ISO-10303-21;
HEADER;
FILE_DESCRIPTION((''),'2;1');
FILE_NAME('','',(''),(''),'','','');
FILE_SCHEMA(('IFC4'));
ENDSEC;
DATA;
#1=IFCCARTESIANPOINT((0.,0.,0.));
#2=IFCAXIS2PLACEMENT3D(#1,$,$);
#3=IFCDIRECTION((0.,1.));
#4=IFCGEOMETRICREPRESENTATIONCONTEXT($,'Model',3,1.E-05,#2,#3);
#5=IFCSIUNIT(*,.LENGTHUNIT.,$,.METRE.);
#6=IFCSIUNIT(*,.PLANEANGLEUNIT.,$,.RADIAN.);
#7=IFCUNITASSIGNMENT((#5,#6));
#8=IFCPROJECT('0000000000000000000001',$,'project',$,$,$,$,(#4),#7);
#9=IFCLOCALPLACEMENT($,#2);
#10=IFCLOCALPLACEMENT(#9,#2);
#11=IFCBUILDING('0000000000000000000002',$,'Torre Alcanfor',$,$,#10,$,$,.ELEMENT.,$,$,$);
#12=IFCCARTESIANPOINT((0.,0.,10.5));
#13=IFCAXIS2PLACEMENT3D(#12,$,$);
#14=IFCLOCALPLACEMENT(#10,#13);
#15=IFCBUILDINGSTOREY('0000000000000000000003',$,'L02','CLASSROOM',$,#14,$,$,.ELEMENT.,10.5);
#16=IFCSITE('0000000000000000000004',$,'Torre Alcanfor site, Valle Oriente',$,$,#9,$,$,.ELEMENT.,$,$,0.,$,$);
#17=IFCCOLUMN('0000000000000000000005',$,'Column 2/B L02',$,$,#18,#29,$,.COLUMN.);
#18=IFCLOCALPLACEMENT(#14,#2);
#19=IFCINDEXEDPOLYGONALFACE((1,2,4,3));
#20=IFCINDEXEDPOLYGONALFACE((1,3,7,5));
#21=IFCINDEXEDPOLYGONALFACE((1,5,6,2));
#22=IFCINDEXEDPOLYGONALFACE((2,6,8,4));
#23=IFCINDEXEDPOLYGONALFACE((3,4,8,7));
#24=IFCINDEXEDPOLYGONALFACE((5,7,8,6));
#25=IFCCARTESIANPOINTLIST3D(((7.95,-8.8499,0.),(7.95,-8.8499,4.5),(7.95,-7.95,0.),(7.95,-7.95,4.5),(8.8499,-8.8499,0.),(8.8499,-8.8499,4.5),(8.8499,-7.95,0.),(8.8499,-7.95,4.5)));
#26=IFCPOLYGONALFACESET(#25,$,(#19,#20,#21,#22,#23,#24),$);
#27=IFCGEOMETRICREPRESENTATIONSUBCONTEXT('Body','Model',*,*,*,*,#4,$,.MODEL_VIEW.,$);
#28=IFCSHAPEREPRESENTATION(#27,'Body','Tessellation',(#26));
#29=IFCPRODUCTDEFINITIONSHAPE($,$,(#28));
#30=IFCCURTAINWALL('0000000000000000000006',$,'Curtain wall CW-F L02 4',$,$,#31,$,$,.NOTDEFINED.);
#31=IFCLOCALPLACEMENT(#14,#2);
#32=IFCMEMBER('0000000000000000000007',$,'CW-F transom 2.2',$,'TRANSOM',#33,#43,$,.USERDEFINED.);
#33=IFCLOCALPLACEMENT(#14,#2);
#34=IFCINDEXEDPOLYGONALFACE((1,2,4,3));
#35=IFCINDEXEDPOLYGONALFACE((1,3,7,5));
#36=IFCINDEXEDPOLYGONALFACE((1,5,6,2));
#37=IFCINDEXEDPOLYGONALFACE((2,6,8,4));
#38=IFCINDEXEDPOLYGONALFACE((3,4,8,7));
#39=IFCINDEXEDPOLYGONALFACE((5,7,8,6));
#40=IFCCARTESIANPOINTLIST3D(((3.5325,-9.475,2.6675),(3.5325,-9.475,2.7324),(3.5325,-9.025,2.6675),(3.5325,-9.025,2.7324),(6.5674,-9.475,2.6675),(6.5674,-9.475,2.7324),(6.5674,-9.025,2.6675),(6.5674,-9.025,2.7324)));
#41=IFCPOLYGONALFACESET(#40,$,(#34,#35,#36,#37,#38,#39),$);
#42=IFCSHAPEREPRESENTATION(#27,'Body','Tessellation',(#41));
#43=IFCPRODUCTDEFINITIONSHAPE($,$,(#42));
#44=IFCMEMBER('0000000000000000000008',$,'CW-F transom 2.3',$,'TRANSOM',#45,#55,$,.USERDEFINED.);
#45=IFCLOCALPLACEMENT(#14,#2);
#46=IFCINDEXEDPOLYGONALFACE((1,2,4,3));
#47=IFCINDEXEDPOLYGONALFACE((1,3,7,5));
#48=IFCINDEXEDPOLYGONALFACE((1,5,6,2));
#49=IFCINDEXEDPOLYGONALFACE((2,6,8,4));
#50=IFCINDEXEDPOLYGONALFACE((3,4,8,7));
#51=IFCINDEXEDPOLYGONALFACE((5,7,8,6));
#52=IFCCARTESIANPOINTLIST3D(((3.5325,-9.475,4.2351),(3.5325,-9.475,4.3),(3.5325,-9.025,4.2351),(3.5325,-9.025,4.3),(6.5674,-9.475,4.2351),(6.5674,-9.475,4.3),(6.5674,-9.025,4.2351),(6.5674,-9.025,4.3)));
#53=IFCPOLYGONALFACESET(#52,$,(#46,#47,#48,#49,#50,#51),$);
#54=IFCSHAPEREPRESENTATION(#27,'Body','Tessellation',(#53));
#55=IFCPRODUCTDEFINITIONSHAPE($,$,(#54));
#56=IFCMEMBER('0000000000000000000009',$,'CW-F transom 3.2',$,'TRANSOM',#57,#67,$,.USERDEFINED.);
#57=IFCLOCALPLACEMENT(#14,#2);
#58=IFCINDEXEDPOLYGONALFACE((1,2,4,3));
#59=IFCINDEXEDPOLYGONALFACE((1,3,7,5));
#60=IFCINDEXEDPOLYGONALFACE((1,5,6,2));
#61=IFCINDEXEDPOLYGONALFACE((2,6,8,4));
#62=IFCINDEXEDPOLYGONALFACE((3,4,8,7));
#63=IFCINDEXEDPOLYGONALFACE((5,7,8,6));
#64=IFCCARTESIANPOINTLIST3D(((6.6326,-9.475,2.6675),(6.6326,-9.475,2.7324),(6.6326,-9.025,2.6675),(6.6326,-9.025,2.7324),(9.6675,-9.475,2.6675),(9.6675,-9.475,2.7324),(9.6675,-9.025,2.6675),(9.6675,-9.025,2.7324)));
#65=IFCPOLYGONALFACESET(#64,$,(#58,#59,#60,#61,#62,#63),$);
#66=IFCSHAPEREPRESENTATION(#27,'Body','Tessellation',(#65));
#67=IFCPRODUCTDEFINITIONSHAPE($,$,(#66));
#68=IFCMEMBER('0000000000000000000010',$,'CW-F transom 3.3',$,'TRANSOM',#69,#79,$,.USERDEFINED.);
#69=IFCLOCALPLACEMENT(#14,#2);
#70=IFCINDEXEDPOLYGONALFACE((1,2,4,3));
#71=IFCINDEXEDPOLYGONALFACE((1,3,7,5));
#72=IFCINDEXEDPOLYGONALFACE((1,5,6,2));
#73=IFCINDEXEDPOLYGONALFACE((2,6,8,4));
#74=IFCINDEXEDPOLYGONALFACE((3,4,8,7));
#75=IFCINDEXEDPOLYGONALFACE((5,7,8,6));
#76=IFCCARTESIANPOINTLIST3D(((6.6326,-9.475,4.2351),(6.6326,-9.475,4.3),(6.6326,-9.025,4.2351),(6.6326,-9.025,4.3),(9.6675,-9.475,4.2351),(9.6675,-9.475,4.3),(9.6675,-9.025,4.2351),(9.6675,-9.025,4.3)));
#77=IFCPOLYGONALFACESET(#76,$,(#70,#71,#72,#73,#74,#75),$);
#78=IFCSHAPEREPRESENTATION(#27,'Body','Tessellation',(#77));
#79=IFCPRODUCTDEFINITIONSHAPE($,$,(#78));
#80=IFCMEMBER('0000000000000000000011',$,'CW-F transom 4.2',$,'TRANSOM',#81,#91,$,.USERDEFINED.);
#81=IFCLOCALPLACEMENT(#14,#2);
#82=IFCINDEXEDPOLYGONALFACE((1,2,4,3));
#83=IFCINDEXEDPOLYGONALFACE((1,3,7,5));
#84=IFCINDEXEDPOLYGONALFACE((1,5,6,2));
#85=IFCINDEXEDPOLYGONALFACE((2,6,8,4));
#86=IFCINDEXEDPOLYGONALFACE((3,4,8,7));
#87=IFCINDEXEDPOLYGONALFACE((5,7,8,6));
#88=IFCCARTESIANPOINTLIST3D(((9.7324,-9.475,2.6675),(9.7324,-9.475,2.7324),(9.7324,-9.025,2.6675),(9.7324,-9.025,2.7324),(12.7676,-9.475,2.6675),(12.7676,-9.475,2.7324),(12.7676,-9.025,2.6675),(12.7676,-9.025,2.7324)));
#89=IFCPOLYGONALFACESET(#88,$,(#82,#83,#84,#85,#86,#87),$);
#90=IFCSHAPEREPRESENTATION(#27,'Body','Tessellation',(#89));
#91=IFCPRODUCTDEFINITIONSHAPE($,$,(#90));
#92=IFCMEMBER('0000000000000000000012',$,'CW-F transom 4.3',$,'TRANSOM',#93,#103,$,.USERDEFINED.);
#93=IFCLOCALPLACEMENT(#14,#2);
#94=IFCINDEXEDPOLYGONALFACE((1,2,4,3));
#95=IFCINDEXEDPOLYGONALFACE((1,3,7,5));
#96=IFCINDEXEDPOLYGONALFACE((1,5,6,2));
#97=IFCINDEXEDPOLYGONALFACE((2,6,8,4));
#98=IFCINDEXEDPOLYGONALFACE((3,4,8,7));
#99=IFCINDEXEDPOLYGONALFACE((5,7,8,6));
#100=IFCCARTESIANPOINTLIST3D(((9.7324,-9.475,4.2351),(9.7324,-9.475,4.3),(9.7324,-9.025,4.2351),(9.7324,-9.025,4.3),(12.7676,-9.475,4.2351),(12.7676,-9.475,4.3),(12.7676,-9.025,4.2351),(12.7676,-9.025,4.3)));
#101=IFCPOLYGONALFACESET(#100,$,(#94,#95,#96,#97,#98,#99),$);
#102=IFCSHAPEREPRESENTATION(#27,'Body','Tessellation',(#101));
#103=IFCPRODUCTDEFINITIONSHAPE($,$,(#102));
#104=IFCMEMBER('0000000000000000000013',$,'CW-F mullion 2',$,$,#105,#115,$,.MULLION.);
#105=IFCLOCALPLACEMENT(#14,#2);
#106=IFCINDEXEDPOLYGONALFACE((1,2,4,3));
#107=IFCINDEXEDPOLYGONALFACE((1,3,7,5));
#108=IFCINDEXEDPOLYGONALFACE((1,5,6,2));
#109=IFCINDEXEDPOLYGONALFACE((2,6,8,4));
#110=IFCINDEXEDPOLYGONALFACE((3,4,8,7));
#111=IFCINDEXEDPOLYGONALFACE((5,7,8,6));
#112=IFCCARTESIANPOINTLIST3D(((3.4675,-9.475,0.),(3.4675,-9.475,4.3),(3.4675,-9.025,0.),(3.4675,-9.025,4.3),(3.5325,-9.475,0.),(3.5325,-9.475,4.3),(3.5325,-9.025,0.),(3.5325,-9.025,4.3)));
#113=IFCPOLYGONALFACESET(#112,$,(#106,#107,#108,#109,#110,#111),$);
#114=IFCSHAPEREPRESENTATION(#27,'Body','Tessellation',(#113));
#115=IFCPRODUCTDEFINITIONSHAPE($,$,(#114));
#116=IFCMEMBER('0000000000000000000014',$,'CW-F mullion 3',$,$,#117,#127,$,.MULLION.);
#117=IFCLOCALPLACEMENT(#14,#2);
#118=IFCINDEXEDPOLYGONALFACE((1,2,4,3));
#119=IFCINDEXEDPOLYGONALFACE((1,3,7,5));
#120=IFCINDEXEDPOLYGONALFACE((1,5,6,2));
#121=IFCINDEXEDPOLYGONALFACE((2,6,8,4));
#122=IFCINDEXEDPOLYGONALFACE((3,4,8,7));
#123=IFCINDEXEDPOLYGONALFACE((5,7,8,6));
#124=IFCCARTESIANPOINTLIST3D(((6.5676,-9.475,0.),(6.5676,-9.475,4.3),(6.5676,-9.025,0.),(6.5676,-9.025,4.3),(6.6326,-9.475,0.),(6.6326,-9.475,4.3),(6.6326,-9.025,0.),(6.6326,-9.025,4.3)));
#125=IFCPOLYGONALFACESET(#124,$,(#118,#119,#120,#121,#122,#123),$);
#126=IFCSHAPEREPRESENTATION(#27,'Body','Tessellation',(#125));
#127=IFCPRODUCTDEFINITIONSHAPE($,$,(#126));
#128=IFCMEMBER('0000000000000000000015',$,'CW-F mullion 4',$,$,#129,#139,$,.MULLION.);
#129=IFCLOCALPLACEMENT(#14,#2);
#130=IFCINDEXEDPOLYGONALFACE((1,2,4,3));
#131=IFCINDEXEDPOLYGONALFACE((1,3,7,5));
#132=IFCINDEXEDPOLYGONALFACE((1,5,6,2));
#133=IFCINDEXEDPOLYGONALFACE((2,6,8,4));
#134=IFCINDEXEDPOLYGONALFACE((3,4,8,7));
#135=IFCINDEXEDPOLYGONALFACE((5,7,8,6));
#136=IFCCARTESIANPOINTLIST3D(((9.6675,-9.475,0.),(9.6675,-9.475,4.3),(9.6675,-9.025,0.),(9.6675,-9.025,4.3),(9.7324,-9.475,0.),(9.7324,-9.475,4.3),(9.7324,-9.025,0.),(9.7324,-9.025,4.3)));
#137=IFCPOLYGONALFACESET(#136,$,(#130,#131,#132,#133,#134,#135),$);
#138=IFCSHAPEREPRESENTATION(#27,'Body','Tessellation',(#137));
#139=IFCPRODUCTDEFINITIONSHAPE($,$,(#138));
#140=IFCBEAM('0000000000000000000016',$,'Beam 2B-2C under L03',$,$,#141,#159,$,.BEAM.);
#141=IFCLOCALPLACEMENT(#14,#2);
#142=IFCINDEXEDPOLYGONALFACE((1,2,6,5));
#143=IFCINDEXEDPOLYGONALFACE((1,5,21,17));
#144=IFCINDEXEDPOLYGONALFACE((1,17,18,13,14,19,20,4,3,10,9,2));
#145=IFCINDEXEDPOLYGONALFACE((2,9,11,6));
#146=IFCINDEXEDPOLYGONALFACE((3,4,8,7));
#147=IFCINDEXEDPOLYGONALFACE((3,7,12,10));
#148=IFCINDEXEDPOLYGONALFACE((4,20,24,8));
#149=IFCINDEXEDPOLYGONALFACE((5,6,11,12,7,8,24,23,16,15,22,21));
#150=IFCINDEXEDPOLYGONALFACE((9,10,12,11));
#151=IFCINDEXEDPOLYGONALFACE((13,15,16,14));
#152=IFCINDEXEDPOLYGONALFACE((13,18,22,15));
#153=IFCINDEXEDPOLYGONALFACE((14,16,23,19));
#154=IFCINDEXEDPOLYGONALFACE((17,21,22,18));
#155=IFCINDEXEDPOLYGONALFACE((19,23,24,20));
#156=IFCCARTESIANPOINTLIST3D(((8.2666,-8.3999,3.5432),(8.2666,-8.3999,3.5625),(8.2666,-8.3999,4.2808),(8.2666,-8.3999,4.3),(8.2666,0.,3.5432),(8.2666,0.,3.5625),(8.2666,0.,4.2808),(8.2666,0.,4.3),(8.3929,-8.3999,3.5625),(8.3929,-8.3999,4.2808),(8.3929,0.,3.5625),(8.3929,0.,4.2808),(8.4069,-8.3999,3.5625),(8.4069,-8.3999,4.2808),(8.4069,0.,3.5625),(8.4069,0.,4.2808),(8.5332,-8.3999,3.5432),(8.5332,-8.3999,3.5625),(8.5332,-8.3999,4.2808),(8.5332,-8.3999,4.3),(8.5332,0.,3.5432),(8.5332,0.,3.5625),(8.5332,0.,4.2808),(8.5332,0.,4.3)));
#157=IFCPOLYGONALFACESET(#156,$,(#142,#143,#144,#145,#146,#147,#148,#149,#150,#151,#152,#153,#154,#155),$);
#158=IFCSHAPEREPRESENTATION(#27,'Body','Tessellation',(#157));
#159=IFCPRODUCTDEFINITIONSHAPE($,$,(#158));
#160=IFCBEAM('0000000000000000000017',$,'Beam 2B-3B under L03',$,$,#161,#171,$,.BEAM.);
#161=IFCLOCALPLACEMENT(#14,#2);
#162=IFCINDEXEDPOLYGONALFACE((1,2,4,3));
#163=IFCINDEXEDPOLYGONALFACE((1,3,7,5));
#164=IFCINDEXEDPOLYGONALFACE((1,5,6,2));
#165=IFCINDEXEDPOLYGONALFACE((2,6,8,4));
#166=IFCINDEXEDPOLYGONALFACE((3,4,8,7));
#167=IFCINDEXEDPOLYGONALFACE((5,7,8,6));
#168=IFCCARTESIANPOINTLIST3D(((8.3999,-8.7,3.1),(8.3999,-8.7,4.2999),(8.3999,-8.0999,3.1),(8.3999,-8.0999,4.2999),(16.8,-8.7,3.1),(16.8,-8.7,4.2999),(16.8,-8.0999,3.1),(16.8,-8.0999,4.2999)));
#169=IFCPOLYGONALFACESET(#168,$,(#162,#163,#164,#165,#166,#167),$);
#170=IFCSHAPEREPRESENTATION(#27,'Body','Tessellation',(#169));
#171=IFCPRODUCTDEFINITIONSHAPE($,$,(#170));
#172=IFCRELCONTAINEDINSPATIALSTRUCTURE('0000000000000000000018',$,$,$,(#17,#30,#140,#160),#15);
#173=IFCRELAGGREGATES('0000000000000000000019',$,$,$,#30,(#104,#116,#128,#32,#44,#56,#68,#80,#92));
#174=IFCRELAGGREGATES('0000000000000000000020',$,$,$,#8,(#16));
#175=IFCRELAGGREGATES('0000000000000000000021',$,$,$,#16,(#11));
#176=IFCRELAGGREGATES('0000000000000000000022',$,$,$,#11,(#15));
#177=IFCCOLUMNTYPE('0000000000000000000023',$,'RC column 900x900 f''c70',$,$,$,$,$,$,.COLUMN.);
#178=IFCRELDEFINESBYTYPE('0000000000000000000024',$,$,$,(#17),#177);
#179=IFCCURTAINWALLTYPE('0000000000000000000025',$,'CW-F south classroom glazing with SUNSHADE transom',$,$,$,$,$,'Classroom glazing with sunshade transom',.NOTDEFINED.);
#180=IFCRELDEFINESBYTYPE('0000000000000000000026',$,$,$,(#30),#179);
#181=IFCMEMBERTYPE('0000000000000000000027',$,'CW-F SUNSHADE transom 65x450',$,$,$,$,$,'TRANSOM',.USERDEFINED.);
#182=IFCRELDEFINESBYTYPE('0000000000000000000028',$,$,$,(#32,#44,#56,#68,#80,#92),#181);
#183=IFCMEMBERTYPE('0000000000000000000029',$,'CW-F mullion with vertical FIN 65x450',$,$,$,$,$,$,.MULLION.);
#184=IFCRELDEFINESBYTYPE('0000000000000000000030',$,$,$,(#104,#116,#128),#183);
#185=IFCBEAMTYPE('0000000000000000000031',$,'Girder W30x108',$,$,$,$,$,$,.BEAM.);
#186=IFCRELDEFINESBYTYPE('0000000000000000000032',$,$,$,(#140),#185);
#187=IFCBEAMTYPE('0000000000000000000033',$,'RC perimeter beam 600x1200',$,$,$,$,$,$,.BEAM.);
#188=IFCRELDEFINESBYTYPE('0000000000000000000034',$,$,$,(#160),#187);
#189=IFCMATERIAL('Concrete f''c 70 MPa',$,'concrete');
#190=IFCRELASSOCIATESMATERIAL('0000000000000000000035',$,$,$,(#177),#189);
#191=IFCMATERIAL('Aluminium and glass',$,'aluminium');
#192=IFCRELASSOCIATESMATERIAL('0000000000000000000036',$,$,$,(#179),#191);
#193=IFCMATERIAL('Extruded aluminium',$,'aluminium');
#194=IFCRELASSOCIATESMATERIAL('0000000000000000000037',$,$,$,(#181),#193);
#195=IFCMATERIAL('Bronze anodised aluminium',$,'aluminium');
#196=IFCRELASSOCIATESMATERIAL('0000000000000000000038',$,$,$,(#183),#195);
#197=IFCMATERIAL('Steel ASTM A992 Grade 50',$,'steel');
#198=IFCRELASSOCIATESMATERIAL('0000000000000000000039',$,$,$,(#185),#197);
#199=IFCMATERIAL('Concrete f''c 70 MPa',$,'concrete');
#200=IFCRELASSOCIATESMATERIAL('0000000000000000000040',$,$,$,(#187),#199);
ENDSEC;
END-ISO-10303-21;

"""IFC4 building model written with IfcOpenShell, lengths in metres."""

from ifc_helpers import new_model, si_unit, direction, frame, origin, origin_2d, place, context, subcontext, project, spatial, rectangle, i_section, extrude, material, material_profile, profile_set, type_object, element, aggregate, save


model = new_model("IFC4")

# Units and contexts
model_context = context("Model", 3, precision=1e-05, world=origin(), true_north=direction((0.0, 1.0)))
body_context = subcontext(model_context, "Body", "Model", "MODEL_VIEW")
ifc_project = project(units=[si_unit("LENGTHUNIT", "METRE"), si_unit("PLANEANGLEUNIT", "RADIAN")], contexts=[model_context])

# Site, building, storey
site_placement = place(None, origin())
site = spatial("IfcSite", under=ifc_project, at=site_placement, Name="Torre Alcanfor site, Valle Oriente", CompositionType="ELEMENT", RefElevation=0.0)
building_placement = place(site_placement, origin())
building = spatial("IfcBuilding", under=site, at=building_placement, Name="Torre Alcanfor", CompositionType="ELEMENT")
storey_placement = place(building_placement, frame((0.0, 0.0, 10.5)))
storey = spatial("IfcBuildingStorey", under=building, at=storey_placement, Name="L02", Description="CLASSROOM", CompositionType="ELEMENT", Elevation=10.5)

# Column
ifc_material_1 = material(Name="Concrete f'c 70 MPa", Category="concrete")
ifc_material_profile_1 = material_profile(ifc_material_1, rectangle(XDim=0.8999, YDim=0.8999, at=origin_2d()), Name="900x900")
ifc_profile_set_1 = profile_set([ifc_material_profile_1], Name="Concrete f'c 70 MPa")
column_type = type_object("IfcColumnType", Name="RC column 900x900 f'c70", PredefinedType="COLUMN", material=ifc_profile_set_1)
column_placement = place(storey_placement, frame((8.3999, -8.3999, 0.0), z_axis=(0.0, 0.0, 1.0), x_axis=(1.0, 0.0, 0.0)))
element("IfcColumn", 1, at=column_placement, inside=storey, type_object=column_type, Name="Column 2/B L02", PredefinedType="COLUMN", context=body_context, shape_type="SweptSolid", body=[
    extrude(rectangle(XDim=0.8999, YDim=0.8999, at=origin_2d()), origin(), (0.0, 0.0, 1.0), 4.5),
])

# Curtain wall, members
ifc_material_2 = material(Name="Aluminium and glass", Category="aluminium")
curtain_wall_type = type_object("IfcCurtainWallType", Name="CW-F south classroom glazing with SUNSHADE transom", ElementType="Classroom glazing with sunshade transom", PredefinedType="NOTDEFINED", material=ifc_material_2)
curtain_wall_placement = place(storey_placement, origin())
curtain_wall = element("IfcCurtainWall", 2, at=curtain_wall_placement, inside=storey, type_object=curtain_wall_type, Name="Curtain wall CW-F L02 4", PredefinedType="NOTDEFINED")
ifc_material_3 = material(Name="Extruded aluminium", Category="aluminium")
ifc_material_profile_2 = material_profile(ifc_material_3, rectangle(XDim=0.45, YDim=0.0649, at=origin_2d()), Name="CW-F transom 450x65")
ifc_profile_set_2 = profile_set([ifc_material_profile_2], Name="Extruded aluminium")
member_type_1 = type_object("IfcMemberType", Name="CW-F SUNSHADE transom 65x450", ElementType="TRANSOM", PredefinedType="USERDEFINED", material=ifc_profile_set_2)
member_1_placement = place(storey_placement, frame((3.5325, -9.25, 2.7), z_axis=(1.0, 0.0, 0.0), x_axis=(0.0, 1.0, 0.0)))
member_1 = element("IfcMember", 3, at=member_1_placement, type_object=member_type_1, Name="CW-F transom 2.2", ObjectType="TRANSOM", PredefinedType="USERDEFINED", context=body_context, shape_type="SweptSolid", body=[
    extrude(rectangle(XDim=0.45, YDim=0.0649, at=origin_2d()), origin(), (0.0, 0.0, 1.0), 3.0349),
])
member_2_placement = place(storey_placement, frame((3.5325, -9.25, 4.2676), z_axis=(1.0, 0.0, 0.0), x_axis=(0.0, 1.0, 0.0)))
member_2 = element("IfcMember", 4, at=member_2_placement, type_object=member_type_1, Name="CW-F transom 2.3", ObjectType="TRANSOM", PredefinedType="USERDEFINED", context=body_context, shape_type="SweptSolid", body=[
    extrude(rectangle(XDim=0.45, YDim=0.0649, at=origin_2d()), origin(), (0.0, 0.0, 1.0), 3.0349),
])
member_3_placement = place(storey_placement, frame((6.6326, -9.25, 2.7), z_axis=(1.0, 0.0, 0.0), x_axis=(0.0, 1.0, 0.0)))
member_3 = element("IfcMember", 5, at=member_3_placement, type_object=member_type_1, Name="CW-F transom 3.2", ObjectType="TRANSOM", PredefinedType="USERDEFINED", context=body_context, shape_type="SweptSolid", body=[
    extrude(rectangle(XDim=0.45, YDim=0.0649, at=origin_2d()), origin(), (0.0, 0.0, 1.0), 3.0349),
])
member_4_placement = place(storey_placement, frame((6.6326, -9.25, 4.2676), z_axis=(1.0, 0.0, 0.0), x_axis=(0.0, 1.0, 0.0)))
member_4 = element("IfcMember", 6, at=member_4_placement, type_object=member_type_1, Name="CW-F transom 3.3", ObjectType="TRANSOM", PredefinedType="USERDEFINED", context=body_context, shape_type="SweptSolid", body=[
    extrude(rectangle(XDim=0.45, YDim=0.0649, at=origin_2d()), origin(), (0.0, 0.0, 1.0), 3.0349),
])
member_5_placement = place(storey_placement, frame((9.7324, -9.25, 2.7), z_axis=(1.0, 0.0, 0.0), x_axis=(0.0, 1.0, 0.0)))
member_5 = element("IfcMember", 7, at=member_5_placement, type_object=member_type_1, Name="CW-F transom 4.2", ObjectType="TRANSOM", PredefinedType="USERDEFINED", context=body_context, shape_type="SweptSolid", body=[
    extrude(rectangle(XDim=0.45, YDim=0.0649, at=origin_2d()), origin(), (0.0, 0.0, 1.0), 3.0352),
])
member_6_placement = place(storey_placement, frame((9.7324, -9.25, 4.2676), z_axis=(1.0, 0.0, 0.0), x_axis=(0.0, 1.0, 0.0)))
member_6 = element("IfcMember", 8, at=member_6_placement, type_object=member_type_1, Name="CW-F transom 4.3", ObjectType="TRANSOM", PredefinedType="USERDEFINED", context=body_context, shape_type="SweptSolid", body=[
    extrude(rectangle(XDim=0.45, YDim=0.0649, at=origin_2d()), origin(), (0.0, 0.0, 1.0), 3.0352),
])
ifc_material_4 = material(Name="Bronze anodised aluminium", Category="aluminium")
ifc_material_profile_3 = material_profile(ifc_material_4, rectangle(XDim=0.45, YDim=0.0649, at=origin_2d()), Name="CW-F mullion 65x450")
ifc_profile_set_3 = profile_set([ifc_material_profile_3], Name="Bronze anodised aluminium")
member_type_2 = type_object("IfcMemberType", Name="CW-F mullion with vertical FIN 65x450", PredefinedType="MULLION", material=ifc_profile_set_3)
member_7_placement = place(storey_placement, frame((3.5, -9.25, 0.0), z_axis=(0.0, 0.0, 1.0), x_axis=(0.0, 1.0, 0.0)))
member_7 = element("IfcMember", 9, at=member_7_placement, type_object=member_type_2, Name="CW-F mullion 2", PredefinedType="MULLION", context=body_context, shape_type="SweptSolid", body=[
    extrude(rectangle(XDim=0.45, YDim=0.0649, at=origin_2d()), origin(), (0.0, 0.0, 1.0), 4.3),
])
member_8_placement = place(storey_placement, frame((6.6001, -9.25, 0.0), z_axis=(0.0, 0.0, 1.0), x_axis=(0.0, 1.0, 0.0)))
member_8 = element("IfcMember", 10, at=member_8_placement, type_object=member_type_2, Name="CW-F mullion 3", PredefinedType="MULLION", context=body_context, shape_type="SweptSolid", body=[
    extrude(rectangle(XDim=0.45, YDim=0.0649, at=origin_2d()), origin(), (0.0, 0.0, 1.0), 4.3),
])
member_9_placement = place(storey_placement, frame((9.7, -9.25, 0.0), z_axis=(0.0, 0.0, 1.0), x_axis=(0.0, 1.0, 0.0)))
member_9 = element("IfcMember", 11, at=member_9_placement, type_object=member_type_2, Name="CW-F mullion 4", PredefinedType="MULLION", context=body_context, shape_type="SweptSolid", body=[
    extrude(rectangle(XDim=0.45, YDim=0.0649, at=origin_2d()), origin(), (0.0, 0.0, 1.0), 4.3),
])

# Beams
ifc_material_5 = material(Name="Steel ASTM A992 Grade 50", Category="steel")
ifc_material_profile_4 = material_profile(ifc_material_5, i_section(OverallWidth=0.2666, OverallDepth=0.7568, WebThickness=0.0139, FlangeThickness=0.0193, at=origin_2d()), Name="W30x108")
ifc_profile_set_4 = profile_set([ifc_material_profile_4], Name="Steel ASTM A992 Grade 50")
beam_type_1 = type_object("IfcBeamType", Name="Girder W30x108", PredefinedType="BEAM", material=ifc_profile_set_4)
beam_1_placement = place(storey_placement, frame((8.3999, -8.3999, 3.9216), z_axis=(0.0, 1.0, 0.0), x_axis=(-1.0, 0.0, 0.0)))
element("IfcBeam", 12, at=beam_1_placement, inside=storey, type_object=beam_type_1, Name="Beam 2B-2C under L03", PredefinedType="BEAM", context=body_context, shape_type="SweptSolid", body=[
    extrude(i_section(OverallWidth=0.2666, OverallDepth=0.7568, WebThickness=0.0139, FlangeThickness=0.0193, at=origin_2d()), origin(), (0.0, 0.0, 1.0), 8.3999),
])
ifc_material_6 = material(Name="Concrete f'c 70 MPa", Category="concrete")
ifc_material_profile_5 = material_profile(ifc_material_6, rectangle(XDim=0.6001, YDim=1.2, at=origin_2d()), Name="600x1200")
ifc_profile_set_5 = profile_set([ifc_material_profile_5], Name="Concrete f'c 70 MPa")
beam_type_2 = type_object("IfcBeamType", Name="RC perimeter beam 600x1200", PredefinedType="BEAM", material=ifc_profile_set_5)
beam_2_placement = place(storey_placement, frame((8.3999, -8.3999, 3.7), z_axis=(1.0, 0.0, 0.0), x_axis=(0.0, 1.0, 0.0)))
element("IfcBeam", 13, at=beam_2_placement, inside=storey, type_object=beam_type_2, Name="Beam 2B-3B under L03", PredefinedType="BEAM", context=body_context, shape_type="SweptSolid", body=[
    extrude(rectangle(XDim=0.6001, YDim=1.2, at=origin_2d()), origin(), (0.0, 0.0, 1.0), 8.4001),
])

aggregate(curtain_wall, [member_7, member_8, member_9, member_1, member_2, member_3, member_4, member_5, member_6])

save(model, "model.ifc")
